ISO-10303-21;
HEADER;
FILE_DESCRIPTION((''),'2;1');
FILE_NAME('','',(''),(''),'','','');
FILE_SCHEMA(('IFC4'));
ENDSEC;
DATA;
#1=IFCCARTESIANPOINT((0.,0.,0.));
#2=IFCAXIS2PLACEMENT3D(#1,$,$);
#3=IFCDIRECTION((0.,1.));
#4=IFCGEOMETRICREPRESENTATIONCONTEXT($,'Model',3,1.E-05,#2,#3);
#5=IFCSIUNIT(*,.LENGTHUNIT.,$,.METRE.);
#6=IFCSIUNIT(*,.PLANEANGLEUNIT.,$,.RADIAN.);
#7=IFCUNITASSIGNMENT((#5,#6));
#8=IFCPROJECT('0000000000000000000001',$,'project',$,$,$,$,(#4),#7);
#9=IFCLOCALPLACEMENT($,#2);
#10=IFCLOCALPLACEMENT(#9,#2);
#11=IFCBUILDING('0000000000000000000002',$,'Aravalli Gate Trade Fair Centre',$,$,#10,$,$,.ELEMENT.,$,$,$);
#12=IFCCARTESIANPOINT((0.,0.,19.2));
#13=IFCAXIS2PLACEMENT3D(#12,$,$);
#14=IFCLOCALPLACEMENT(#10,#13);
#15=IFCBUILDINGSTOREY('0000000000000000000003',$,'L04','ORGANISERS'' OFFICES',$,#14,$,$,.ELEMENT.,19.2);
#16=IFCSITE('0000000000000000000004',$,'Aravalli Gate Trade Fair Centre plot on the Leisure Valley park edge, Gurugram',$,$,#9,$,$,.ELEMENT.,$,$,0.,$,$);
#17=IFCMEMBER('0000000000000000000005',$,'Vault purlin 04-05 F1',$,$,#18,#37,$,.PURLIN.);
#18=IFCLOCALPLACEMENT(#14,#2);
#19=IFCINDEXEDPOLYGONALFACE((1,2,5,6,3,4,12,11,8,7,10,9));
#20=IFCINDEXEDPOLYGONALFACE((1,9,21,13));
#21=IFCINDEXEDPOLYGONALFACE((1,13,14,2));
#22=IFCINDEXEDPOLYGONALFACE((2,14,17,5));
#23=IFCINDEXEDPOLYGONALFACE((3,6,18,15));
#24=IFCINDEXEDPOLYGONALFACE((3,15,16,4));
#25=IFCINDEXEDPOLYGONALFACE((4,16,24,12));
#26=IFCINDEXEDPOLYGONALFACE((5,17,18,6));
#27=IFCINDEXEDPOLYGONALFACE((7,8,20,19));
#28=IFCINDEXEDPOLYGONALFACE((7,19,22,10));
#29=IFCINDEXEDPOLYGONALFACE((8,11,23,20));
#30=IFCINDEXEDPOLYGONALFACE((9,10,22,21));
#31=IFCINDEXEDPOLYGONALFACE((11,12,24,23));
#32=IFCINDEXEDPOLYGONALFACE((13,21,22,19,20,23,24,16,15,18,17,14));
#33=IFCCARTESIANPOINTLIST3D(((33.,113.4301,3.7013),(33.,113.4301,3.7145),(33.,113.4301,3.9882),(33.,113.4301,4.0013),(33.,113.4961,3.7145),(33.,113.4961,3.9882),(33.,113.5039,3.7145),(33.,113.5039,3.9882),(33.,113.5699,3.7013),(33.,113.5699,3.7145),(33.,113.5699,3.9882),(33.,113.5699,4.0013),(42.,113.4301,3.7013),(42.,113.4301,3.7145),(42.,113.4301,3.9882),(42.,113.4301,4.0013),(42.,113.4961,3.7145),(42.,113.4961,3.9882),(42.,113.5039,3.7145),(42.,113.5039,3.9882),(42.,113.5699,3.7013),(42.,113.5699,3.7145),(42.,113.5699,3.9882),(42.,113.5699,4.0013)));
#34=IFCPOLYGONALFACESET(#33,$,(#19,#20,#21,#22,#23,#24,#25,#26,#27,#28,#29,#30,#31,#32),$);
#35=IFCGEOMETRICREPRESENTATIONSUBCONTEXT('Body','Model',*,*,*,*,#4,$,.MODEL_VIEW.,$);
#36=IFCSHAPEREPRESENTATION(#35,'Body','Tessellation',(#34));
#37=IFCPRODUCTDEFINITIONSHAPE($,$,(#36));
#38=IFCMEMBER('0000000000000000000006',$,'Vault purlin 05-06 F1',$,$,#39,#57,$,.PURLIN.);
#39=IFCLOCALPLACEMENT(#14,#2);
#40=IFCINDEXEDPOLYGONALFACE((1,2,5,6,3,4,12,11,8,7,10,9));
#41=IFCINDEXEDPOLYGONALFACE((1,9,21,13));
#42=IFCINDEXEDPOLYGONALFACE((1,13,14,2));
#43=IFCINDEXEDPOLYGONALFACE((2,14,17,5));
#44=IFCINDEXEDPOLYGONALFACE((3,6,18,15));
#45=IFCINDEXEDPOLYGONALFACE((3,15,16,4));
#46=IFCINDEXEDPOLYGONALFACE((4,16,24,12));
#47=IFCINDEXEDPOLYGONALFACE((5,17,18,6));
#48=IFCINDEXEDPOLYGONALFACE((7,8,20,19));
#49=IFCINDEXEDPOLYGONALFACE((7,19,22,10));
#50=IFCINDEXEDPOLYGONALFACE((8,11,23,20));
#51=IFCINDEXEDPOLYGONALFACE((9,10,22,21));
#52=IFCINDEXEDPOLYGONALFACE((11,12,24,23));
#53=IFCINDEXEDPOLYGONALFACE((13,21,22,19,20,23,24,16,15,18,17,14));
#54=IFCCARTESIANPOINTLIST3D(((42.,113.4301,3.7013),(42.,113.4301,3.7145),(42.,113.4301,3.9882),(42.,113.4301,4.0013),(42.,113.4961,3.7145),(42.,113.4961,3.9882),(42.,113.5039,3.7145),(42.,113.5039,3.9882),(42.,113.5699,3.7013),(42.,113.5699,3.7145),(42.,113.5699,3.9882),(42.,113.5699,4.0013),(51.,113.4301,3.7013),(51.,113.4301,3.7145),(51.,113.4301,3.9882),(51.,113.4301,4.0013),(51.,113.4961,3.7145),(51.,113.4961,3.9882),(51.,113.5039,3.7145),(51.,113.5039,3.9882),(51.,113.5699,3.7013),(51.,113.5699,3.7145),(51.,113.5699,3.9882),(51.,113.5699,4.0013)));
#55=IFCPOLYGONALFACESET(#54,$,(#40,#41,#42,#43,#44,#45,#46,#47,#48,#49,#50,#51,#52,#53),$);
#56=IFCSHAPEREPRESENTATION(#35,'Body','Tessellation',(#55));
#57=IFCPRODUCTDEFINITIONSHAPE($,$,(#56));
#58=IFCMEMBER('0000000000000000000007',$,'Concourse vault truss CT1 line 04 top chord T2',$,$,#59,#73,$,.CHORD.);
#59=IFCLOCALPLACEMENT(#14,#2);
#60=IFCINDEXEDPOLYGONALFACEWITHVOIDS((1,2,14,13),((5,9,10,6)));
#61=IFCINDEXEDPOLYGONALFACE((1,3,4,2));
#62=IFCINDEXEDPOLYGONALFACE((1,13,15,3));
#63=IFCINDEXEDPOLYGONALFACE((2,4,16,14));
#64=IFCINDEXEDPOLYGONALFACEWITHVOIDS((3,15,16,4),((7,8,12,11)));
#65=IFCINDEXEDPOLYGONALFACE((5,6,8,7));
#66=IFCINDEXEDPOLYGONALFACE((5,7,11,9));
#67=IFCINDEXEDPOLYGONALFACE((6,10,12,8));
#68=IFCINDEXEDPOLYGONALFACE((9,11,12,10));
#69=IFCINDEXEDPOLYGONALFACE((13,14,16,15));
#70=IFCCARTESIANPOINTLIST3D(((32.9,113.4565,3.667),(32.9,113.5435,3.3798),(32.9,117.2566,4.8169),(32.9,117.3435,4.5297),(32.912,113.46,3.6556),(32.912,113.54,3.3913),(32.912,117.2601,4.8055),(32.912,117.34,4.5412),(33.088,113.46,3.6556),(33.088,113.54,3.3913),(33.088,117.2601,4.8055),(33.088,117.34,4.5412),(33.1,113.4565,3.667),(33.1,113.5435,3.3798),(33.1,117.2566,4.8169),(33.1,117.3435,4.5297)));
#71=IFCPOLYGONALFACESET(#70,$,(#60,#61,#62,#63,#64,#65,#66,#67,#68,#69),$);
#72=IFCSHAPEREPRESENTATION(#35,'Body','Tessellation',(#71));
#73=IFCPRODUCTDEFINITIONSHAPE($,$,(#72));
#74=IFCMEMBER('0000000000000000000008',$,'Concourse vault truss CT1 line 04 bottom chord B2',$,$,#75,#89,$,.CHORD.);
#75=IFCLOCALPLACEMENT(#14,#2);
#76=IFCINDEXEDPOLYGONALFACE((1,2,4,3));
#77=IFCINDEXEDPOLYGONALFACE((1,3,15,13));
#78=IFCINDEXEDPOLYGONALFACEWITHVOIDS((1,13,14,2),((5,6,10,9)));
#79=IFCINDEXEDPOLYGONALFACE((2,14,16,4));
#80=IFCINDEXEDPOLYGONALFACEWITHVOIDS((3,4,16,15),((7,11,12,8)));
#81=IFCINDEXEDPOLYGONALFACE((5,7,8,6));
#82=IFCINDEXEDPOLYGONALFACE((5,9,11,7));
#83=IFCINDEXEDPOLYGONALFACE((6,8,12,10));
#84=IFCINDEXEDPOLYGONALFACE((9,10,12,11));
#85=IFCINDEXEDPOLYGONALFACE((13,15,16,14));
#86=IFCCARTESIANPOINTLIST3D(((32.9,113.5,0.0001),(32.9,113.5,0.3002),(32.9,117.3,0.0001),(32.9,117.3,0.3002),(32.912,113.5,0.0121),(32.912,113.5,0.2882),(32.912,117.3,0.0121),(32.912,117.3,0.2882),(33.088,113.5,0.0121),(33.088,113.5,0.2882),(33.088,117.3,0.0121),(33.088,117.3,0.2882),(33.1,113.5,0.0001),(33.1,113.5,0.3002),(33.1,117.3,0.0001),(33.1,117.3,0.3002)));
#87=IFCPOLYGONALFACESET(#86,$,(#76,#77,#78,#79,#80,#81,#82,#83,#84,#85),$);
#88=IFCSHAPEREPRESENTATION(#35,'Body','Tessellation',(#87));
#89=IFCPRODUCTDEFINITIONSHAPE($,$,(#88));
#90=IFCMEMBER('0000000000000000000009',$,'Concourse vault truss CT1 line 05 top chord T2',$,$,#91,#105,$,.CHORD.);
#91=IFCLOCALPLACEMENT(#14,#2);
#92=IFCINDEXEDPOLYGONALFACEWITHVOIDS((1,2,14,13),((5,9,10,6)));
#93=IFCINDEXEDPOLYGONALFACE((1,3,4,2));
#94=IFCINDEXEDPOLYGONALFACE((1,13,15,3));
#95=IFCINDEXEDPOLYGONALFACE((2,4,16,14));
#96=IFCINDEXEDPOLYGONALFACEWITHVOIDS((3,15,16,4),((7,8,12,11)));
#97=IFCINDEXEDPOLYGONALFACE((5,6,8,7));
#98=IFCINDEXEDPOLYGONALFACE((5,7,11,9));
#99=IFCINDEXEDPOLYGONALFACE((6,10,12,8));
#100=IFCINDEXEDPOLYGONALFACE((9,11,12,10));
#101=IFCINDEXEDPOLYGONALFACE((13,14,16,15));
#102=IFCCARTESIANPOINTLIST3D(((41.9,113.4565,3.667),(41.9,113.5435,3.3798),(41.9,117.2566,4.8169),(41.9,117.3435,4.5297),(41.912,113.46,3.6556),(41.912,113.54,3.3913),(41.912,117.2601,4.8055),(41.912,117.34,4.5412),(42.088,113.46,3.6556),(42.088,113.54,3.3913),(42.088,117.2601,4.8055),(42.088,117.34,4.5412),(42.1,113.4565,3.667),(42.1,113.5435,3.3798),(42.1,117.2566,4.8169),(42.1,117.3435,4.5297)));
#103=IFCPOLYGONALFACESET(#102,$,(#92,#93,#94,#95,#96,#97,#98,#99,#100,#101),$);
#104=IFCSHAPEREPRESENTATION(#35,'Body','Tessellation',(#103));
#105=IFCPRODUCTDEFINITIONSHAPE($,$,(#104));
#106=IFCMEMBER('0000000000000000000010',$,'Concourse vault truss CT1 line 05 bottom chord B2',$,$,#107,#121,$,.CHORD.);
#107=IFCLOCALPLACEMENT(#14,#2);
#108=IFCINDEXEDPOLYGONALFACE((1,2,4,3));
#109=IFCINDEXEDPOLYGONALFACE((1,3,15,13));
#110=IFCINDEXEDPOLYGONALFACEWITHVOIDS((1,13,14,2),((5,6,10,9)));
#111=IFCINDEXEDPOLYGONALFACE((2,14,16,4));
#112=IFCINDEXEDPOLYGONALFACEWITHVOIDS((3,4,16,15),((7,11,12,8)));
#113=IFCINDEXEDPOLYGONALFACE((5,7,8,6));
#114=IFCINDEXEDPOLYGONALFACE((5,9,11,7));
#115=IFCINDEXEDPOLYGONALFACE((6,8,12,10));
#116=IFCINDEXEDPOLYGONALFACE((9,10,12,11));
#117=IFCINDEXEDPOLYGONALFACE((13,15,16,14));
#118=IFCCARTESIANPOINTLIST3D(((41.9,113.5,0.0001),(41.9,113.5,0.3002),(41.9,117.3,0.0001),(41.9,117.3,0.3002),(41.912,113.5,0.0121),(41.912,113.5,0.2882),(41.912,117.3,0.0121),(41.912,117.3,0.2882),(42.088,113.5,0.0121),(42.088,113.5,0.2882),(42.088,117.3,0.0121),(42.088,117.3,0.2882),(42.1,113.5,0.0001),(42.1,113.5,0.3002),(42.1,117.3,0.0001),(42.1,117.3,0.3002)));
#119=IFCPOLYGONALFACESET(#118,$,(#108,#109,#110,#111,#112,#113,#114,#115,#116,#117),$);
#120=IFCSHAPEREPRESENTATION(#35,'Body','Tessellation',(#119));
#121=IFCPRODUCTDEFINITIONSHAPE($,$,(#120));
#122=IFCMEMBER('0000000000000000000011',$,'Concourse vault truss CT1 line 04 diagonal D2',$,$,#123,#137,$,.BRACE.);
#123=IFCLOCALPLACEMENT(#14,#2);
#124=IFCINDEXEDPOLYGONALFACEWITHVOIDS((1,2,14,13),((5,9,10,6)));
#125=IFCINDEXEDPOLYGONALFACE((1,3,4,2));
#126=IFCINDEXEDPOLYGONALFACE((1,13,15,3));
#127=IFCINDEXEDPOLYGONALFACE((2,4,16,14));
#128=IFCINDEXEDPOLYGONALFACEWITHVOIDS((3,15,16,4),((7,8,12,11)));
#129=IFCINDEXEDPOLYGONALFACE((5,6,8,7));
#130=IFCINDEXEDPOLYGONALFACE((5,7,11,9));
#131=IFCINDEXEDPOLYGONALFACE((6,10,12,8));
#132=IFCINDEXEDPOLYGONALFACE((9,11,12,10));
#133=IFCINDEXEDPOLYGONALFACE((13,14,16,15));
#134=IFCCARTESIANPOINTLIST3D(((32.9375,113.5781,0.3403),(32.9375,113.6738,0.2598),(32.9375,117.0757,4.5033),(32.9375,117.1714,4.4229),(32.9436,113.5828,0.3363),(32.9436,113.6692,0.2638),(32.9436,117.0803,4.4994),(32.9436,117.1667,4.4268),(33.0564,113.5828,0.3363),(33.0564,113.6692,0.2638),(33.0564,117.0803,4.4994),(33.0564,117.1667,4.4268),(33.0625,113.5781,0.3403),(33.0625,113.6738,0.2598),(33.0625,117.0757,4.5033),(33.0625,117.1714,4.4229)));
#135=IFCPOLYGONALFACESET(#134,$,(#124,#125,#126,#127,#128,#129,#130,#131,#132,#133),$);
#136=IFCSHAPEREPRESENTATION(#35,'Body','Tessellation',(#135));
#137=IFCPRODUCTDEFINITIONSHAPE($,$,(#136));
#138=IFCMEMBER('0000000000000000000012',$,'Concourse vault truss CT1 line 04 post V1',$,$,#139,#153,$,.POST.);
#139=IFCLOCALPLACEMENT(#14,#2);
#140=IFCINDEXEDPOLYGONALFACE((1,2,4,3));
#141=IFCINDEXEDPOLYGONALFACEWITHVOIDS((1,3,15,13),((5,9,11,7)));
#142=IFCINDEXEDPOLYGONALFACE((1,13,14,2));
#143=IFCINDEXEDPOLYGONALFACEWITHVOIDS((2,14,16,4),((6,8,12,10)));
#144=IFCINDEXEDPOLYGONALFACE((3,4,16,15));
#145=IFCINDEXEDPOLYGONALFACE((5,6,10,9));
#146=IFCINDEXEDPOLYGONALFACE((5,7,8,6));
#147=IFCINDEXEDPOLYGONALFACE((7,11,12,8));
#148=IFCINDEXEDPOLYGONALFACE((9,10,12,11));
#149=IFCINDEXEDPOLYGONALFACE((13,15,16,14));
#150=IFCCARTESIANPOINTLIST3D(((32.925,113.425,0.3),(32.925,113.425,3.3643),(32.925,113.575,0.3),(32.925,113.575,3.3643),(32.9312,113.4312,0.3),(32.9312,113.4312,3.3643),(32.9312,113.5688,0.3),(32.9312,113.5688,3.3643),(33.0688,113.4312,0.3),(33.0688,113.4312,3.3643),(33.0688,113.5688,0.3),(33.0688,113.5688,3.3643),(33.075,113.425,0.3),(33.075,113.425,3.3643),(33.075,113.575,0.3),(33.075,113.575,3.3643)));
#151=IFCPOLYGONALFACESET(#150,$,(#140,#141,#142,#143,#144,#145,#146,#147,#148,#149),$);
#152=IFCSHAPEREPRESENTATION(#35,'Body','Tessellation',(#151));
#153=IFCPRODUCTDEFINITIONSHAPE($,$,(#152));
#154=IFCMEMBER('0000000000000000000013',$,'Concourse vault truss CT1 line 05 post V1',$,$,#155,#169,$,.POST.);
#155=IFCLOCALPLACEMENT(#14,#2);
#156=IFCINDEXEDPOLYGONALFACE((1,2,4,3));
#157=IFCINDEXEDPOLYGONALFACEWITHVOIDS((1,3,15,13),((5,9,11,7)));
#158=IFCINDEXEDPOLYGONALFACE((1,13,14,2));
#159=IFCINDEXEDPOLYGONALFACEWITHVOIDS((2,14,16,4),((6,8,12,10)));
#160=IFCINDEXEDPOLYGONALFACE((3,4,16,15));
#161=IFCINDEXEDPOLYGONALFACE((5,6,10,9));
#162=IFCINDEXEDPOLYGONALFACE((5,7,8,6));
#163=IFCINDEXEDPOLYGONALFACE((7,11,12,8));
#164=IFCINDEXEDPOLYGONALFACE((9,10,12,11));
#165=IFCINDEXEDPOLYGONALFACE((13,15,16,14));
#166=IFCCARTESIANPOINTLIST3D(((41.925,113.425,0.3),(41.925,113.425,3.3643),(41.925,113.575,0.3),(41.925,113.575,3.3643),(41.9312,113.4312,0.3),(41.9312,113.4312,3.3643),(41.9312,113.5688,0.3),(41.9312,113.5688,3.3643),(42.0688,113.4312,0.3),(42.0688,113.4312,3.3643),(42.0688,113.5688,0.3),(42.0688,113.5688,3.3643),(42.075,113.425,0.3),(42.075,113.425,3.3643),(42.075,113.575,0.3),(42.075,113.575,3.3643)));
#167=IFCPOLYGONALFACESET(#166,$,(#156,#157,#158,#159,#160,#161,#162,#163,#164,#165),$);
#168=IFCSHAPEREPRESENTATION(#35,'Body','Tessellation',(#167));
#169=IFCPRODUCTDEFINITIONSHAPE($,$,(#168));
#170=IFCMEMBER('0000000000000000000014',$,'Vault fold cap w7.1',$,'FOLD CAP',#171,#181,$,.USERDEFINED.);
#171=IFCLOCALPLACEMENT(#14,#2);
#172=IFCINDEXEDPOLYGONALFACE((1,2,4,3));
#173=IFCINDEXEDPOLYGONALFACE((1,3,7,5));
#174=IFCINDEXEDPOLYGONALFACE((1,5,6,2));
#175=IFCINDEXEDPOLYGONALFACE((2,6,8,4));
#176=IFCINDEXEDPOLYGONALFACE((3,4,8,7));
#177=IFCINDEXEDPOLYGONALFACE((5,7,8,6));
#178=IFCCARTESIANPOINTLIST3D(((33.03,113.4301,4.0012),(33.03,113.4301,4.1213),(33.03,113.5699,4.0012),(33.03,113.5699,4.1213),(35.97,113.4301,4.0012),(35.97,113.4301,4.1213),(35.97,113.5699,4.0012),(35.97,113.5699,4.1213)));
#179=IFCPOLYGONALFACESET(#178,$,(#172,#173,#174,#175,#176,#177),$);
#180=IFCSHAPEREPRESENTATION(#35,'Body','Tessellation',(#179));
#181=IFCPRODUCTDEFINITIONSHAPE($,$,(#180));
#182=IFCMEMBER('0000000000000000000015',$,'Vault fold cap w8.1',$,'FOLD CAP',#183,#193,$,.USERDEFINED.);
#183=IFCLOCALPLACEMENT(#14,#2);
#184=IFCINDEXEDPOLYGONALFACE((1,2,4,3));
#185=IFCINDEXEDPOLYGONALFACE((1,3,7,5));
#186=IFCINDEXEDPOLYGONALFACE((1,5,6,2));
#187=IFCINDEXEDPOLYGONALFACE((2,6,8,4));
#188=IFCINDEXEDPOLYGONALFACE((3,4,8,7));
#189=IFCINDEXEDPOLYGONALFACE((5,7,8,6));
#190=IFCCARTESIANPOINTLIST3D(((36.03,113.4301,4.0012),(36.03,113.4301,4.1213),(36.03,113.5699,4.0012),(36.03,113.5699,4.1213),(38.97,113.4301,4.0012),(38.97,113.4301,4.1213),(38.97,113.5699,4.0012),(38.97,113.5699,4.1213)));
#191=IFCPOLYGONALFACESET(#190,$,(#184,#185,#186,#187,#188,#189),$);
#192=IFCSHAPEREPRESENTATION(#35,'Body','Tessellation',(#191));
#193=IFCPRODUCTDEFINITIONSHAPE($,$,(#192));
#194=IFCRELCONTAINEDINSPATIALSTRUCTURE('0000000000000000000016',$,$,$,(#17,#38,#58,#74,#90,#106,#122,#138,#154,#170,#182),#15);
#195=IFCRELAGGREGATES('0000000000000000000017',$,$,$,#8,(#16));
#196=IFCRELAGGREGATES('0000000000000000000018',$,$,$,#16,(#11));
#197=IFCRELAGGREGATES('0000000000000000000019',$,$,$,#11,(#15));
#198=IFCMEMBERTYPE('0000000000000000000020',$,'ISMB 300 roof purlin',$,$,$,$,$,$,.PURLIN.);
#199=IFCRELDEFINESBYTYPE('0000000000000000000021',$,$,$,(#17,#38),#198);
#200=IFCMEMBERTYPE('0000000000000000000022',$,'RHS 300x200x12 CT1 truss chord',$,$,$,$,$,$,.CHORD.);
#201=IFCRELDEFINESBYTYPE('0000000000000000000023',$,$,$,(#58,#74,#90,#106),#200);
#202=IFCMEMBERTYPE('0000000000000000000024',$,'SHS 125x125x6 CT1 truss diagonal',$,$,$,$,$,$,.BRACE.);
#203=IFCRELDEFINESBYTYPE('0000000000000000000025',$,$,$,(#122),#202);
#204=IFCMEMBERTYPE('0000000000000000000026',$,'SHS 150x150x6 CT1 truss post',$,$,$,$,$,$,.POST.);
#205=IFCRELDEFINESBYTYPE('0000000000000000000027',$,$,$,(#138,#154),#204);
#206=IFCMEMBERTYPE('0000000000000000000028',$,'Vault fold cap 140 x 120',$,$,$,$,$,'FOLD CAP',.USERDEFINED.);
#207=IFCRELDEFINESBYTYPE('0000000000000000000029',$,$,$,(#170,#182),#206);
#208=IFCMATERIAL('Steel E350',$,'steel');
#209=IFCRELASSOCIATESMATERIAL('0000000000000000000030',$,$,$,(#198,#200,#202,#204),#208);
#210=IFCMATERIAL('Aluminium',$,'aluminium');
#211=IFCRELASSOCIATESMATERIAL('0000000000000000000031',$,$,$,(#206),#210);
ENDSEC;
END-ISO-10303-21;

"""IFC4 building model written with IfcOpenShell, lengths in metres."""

from ifc_helpers import new_model, si_unit, direction, frame, origin, origin_2d, place, context, subcontext, project, spatial, rectangle, hollow_rectangle, i_section, extrude, material, material_profile, profile_set, type_object, element, save


model = new_model("IFC4")

# Units and contexts
model_context = context("Model", 3, precision=1e-05, world=origin(), true_north=direction((0.0, 1.0)))
body_context = subcontext(model_context, "Body", "Model", "MODEL_VIEW")
ifc_project = project(units=[si_unit("LENGTHUNIT", "METRE"), si_unit("PLANEANGLEUNIT", "RADIAN")], contexts=[model_context])

# Site, building, storey
site_placement = place(None, origin())
site = spatial("IfcSite", under=ifc_project, at=site_placement, Name="Aravalli Gate Trade Fair Centre plot on the Leisure Valley park edge, Gurugram", CompositionType="ELEMENT", RefElevation=0.0)
building_placement = place(site_placement, origin())
building = spatial("IfcBuilding", under=site, at=building_placement, Name="Aravalli Gate Trade Fair Centre", CompositionType="ELEMENT")
storey_placement = place(building_placement, frame((0.0, 0.0, 19.2)))
storey = spatial("IfcBuildingStorey", under=building, at=storey_placement, Name="L04", Description="ORGANISERS' OFFICES", CompositionType="ELEMENT", Elevation=19.2)

# Members
ifc_material_1 = material(Name="Steel E350", Category="steel")
ifc_material_profile_1 = material_profile(ifc_material_1, i_section(OverallWidth=0.1399, OverallDepth=0.3, WebThickness=0.0078, FlangeThickness=0.0132, at=origin_2d()), Name="ISMB 300")
ifc_profile_set_1 = profile_set([ifc_material_profile_1], Name="Steel E350")
member_type_1 = type_object("IfcMemberType", Name="ISMB 300 roof purlin", PredefinedType="PURLIN", material=ifc_profile_set_1)
for number, where, z_axis, x_axis, name in (
    (1, (33.0, 113.5, 3.8513), (1.0, 0.0, 0.0), (0.0, 1.0, 0.0), "Vault purlin 04-05 F1"),
    (2, (42.0, 113.5, 3.8513), (1.0, 0.0, 0.0), (0.0, 1.0, 0.0), "Vault purlin 05-06 F1"),
):
    element("IfcMember", number, at=place(storey_placement, frame(where, z_axis=z_axis, x_axis=x_axis)), inside=storey, type_object=member_type_1, Name=name, PredefinedType="PURLIN", context=body_context, shape_type="SweptSolid", body=[
        extrude(i_section(OverallWidth=0.1399, OverallDepth=0.3, WebThickness=0.0078, FlangeThickness=0.0132, at=origin_2d()), origin(), (0.0, 0.0, 1.0), 9.0),
    ])
ifc_material_profile_2 = material_profile(ifc_material_1, hollow_rectangle(XDim=0.2, YDim=0.3, WallThickness=0.012, at=origin_2d()), Name="RHS 300x200x12")
ifc_profile_set_2 = profile_set([ifc_material_profile_2], Name="Steel E350")
member_type_2 = type_object("IfcMemberType", Name="RHS 300x200x12 CT1 truss chord", PredefinedType="CHORD", material=ifc_profile_set_2)
member_1_placement = place(storey_placement, frame((33.0, 113.5, 3.5234), z_axis=(0.0, 0.957138, 0.289632), x_axis=(-1.0, 0.0, 0.0)))
element("IfcMember", 3, at=member_1_placement, inside=storey, type_object=member_type_2, Name="Concourse vault truss CT1 line 04 top chord T2", PredefinedType="CHORD", context=body_context, shape_type="SweptSolid", body=[
    extrude(hollow_rectangle(XDim=0.2, YDim=0.3, WallThickness=0.012, at=origin_2d()), origin(), (0.0, 0.0, 1.0), 3.9702),
])
member_2_placement = place(storey_placement, frame((33.0, 113.5, 0.1501), z_axis=(0.0, 1.0, 0.0), x_axis=(-1.0, 0.0, 0.0)))
element("IfcMember", 4, at=member_2_placement, inside=storey, type_object=member_type_2, Name="Concourse vault truss CT1 line 04 bottom chord B2", PredefinedType="CHORD", context=body_context, shape_type="SweptSolid", body=[
    extrude(hollow_rectangle(XDim=0.2, YDim=0.3, WallThickness=0.012, at=origin_2d()), origin(), (0.0, 0.0, 1.0), 3.8),
])
member_3_placement = place(storey_placement, frame((42.0, 113.5, 3.5234), z_axis=(0.0, 0.957138, 0.289632), x_axis=(-1.0, 0.0, 0.0)))
element("IfcMember", 5, at=member_3_placement, inside=storey, type_object=member_type_2, Name="Concourse vault truss CT1 line 05 top chord T2", PredefinedType="CHORD", context=body_context, shape_type="SweptSolid", body=[
    extrude(hollow_rectangle(XDim=0.2, YDim=0.3, WallThickness=0.012, at=origin_2d()), origin(), (0.0, 0.0, 1.0), 3.9702),
])
member_4_placement = place(storey_placement, frame((42.0, 113.5, 0.1501), z_axis=(0.0, 1.0, 0.0), x_axis=(-1.0, 0.0, 0.0)))
element("IfcMember", 6, at=member_4_placement, inside=storey, type_object=member_type_2, Name="Concourse vault truss CT1 line 05 bottom chord B2", PredefinedType="CHORD", context=body_context, shape_type="SweptSolid", body=[
    extrude(hollow_rectangle(XDim=0.2, YDim=0.3, WallThickness=0.012, at=origin_2d()), origin(), (0.0, 0.0, 1.0), 3.8),
])
ifc_material_profile_3 = material_profile(ifc_material_1, hollow_rectangle(XDim=0.125, YDim=0.125, WallThickness=0.0061, at=origin_2d()), Name="SHS 125x125x6")
ifc_profile_set_3 = profile_set([ifc_material_profile_3], Name="Steel E350")
member_type_3 = type_object("IfcMemberType", Name="SHS 125x125x6 CT1 truss diagonal", PredefinedType="BRACE", material=ifc_profile_set_3)
member_5_placement = place(storey_placement, frame((33.0, 113.626, 0.3), z_axis=(0.0, 0.643253, 0.765654), x_axis=(-1.0, 0.0, 0.0)))
element("IfcMember", 7, at=member_5_placement, inside=storey, type_object=member_type_3, Name="Concourse vault truss CT1 line 04 diagonal D2", PredefinedType="BRACE", context=body_context, shape_type="SweptSolid", body=[
    extrude(hollow_rectangle(XDim=0.125, YDim=0.125, WallThickness=0.0061, at=origin_2d()), origin(), (0.0, 0.0, 1.0), 5.4373),
])
ifc_material_profile_4 = material_profile(ifc_material_1, hollow_rectangle(XDim=0.1499, YDim=0.1499, WallThickness=0.0061, at=origin_2d()), Name="SHS 150x150x6")
ifc_profile_set_4 = profile_set([ifc_material_profile_4], Name="Steel E350")
member_type_4 = type_object("IfcMemberType", Name="SHS 150x150x6 CT1 truss post", PredefinedType="POST", material=ifc_profile_set_4)
for number, where, z_axis, x_axis, name in (
    (8, (33.0, 113.5, 0.3), (0.0, 0.0, 1.0), (1.0, 0.0, 0.0), "Concourse vault truss CT1 line 04 post V1"),
    (9, (42.0, 113.5, 0.3), (0.0, 0.0, 1.0), (1.0, 0.0, 0.0), "Concourse vault truss CT1 line 05 post V1"),
):
    element("IfcMember", number, at=place(storey_placement, frame(where, z_axis=z_axis, x_axis=x_axis)), inside=storey, type_object=member_type_4, Name=name, PredefinedType="POST", context=body_context, shape_type="SweptSolid", body=[
        extrude(hollow_rectangle(XDim=0.1499, YDim=0.1499, WallThickness=0.0061, at=origin_2d()), origin(), (0.0, 0.0, 1.0), 3.0642),
    ])
ifc_material_2 = material(Name="Aluminium", Category="aluminium")
ifc_material_profile_5 = material_profile(ifc_material_2, rectangle(XDim=0.1399, YDim=0.1201, at=origin_2d()), Name="Vault fold cap 140 x 120")
ifc_profile_set_5 = profile_set([ifc_material_profile_5], Name="Aluminium")
member_type_5 = type_object("IfcMemberType", Name="Vault fold cap 140 x 120", ElementType="FOLD CAP", PredefinedType="USERDEFINED", material=ifc_profile_set_5)
for number, where, z_axis, x_axis, name in (
    (10, (33.03, 113.5, 4.0613), (1.0, 0.0, 0.0), (0.0, 1.0, 0.0), "Vault fold cap w7.1"),
    (11, (36.03, 113.5, 4.0613), (1.0, 0.0, 0.0), (0.0, 1.0, 0.0), "Vault fold cap w8.1"),
):
    element("IfcMember", number, at=place(storey_placement, frame(where, z_axis=z_axis, x_axis=x_axis)), inside=storey, type_object=member_type_5, Name=name, ObjectType="FOLD CAP", PredefinedType="USERDEFINED", context=body_context, shape_type="SweptSolid", body=[
        extrude(rectangle(XDim=0.1399, YDim=0.1201, at=origin_2d()), origin(), (0.0, 0.0, 1.0), 2.9399),
    ])

save(model, "model.ifc")
